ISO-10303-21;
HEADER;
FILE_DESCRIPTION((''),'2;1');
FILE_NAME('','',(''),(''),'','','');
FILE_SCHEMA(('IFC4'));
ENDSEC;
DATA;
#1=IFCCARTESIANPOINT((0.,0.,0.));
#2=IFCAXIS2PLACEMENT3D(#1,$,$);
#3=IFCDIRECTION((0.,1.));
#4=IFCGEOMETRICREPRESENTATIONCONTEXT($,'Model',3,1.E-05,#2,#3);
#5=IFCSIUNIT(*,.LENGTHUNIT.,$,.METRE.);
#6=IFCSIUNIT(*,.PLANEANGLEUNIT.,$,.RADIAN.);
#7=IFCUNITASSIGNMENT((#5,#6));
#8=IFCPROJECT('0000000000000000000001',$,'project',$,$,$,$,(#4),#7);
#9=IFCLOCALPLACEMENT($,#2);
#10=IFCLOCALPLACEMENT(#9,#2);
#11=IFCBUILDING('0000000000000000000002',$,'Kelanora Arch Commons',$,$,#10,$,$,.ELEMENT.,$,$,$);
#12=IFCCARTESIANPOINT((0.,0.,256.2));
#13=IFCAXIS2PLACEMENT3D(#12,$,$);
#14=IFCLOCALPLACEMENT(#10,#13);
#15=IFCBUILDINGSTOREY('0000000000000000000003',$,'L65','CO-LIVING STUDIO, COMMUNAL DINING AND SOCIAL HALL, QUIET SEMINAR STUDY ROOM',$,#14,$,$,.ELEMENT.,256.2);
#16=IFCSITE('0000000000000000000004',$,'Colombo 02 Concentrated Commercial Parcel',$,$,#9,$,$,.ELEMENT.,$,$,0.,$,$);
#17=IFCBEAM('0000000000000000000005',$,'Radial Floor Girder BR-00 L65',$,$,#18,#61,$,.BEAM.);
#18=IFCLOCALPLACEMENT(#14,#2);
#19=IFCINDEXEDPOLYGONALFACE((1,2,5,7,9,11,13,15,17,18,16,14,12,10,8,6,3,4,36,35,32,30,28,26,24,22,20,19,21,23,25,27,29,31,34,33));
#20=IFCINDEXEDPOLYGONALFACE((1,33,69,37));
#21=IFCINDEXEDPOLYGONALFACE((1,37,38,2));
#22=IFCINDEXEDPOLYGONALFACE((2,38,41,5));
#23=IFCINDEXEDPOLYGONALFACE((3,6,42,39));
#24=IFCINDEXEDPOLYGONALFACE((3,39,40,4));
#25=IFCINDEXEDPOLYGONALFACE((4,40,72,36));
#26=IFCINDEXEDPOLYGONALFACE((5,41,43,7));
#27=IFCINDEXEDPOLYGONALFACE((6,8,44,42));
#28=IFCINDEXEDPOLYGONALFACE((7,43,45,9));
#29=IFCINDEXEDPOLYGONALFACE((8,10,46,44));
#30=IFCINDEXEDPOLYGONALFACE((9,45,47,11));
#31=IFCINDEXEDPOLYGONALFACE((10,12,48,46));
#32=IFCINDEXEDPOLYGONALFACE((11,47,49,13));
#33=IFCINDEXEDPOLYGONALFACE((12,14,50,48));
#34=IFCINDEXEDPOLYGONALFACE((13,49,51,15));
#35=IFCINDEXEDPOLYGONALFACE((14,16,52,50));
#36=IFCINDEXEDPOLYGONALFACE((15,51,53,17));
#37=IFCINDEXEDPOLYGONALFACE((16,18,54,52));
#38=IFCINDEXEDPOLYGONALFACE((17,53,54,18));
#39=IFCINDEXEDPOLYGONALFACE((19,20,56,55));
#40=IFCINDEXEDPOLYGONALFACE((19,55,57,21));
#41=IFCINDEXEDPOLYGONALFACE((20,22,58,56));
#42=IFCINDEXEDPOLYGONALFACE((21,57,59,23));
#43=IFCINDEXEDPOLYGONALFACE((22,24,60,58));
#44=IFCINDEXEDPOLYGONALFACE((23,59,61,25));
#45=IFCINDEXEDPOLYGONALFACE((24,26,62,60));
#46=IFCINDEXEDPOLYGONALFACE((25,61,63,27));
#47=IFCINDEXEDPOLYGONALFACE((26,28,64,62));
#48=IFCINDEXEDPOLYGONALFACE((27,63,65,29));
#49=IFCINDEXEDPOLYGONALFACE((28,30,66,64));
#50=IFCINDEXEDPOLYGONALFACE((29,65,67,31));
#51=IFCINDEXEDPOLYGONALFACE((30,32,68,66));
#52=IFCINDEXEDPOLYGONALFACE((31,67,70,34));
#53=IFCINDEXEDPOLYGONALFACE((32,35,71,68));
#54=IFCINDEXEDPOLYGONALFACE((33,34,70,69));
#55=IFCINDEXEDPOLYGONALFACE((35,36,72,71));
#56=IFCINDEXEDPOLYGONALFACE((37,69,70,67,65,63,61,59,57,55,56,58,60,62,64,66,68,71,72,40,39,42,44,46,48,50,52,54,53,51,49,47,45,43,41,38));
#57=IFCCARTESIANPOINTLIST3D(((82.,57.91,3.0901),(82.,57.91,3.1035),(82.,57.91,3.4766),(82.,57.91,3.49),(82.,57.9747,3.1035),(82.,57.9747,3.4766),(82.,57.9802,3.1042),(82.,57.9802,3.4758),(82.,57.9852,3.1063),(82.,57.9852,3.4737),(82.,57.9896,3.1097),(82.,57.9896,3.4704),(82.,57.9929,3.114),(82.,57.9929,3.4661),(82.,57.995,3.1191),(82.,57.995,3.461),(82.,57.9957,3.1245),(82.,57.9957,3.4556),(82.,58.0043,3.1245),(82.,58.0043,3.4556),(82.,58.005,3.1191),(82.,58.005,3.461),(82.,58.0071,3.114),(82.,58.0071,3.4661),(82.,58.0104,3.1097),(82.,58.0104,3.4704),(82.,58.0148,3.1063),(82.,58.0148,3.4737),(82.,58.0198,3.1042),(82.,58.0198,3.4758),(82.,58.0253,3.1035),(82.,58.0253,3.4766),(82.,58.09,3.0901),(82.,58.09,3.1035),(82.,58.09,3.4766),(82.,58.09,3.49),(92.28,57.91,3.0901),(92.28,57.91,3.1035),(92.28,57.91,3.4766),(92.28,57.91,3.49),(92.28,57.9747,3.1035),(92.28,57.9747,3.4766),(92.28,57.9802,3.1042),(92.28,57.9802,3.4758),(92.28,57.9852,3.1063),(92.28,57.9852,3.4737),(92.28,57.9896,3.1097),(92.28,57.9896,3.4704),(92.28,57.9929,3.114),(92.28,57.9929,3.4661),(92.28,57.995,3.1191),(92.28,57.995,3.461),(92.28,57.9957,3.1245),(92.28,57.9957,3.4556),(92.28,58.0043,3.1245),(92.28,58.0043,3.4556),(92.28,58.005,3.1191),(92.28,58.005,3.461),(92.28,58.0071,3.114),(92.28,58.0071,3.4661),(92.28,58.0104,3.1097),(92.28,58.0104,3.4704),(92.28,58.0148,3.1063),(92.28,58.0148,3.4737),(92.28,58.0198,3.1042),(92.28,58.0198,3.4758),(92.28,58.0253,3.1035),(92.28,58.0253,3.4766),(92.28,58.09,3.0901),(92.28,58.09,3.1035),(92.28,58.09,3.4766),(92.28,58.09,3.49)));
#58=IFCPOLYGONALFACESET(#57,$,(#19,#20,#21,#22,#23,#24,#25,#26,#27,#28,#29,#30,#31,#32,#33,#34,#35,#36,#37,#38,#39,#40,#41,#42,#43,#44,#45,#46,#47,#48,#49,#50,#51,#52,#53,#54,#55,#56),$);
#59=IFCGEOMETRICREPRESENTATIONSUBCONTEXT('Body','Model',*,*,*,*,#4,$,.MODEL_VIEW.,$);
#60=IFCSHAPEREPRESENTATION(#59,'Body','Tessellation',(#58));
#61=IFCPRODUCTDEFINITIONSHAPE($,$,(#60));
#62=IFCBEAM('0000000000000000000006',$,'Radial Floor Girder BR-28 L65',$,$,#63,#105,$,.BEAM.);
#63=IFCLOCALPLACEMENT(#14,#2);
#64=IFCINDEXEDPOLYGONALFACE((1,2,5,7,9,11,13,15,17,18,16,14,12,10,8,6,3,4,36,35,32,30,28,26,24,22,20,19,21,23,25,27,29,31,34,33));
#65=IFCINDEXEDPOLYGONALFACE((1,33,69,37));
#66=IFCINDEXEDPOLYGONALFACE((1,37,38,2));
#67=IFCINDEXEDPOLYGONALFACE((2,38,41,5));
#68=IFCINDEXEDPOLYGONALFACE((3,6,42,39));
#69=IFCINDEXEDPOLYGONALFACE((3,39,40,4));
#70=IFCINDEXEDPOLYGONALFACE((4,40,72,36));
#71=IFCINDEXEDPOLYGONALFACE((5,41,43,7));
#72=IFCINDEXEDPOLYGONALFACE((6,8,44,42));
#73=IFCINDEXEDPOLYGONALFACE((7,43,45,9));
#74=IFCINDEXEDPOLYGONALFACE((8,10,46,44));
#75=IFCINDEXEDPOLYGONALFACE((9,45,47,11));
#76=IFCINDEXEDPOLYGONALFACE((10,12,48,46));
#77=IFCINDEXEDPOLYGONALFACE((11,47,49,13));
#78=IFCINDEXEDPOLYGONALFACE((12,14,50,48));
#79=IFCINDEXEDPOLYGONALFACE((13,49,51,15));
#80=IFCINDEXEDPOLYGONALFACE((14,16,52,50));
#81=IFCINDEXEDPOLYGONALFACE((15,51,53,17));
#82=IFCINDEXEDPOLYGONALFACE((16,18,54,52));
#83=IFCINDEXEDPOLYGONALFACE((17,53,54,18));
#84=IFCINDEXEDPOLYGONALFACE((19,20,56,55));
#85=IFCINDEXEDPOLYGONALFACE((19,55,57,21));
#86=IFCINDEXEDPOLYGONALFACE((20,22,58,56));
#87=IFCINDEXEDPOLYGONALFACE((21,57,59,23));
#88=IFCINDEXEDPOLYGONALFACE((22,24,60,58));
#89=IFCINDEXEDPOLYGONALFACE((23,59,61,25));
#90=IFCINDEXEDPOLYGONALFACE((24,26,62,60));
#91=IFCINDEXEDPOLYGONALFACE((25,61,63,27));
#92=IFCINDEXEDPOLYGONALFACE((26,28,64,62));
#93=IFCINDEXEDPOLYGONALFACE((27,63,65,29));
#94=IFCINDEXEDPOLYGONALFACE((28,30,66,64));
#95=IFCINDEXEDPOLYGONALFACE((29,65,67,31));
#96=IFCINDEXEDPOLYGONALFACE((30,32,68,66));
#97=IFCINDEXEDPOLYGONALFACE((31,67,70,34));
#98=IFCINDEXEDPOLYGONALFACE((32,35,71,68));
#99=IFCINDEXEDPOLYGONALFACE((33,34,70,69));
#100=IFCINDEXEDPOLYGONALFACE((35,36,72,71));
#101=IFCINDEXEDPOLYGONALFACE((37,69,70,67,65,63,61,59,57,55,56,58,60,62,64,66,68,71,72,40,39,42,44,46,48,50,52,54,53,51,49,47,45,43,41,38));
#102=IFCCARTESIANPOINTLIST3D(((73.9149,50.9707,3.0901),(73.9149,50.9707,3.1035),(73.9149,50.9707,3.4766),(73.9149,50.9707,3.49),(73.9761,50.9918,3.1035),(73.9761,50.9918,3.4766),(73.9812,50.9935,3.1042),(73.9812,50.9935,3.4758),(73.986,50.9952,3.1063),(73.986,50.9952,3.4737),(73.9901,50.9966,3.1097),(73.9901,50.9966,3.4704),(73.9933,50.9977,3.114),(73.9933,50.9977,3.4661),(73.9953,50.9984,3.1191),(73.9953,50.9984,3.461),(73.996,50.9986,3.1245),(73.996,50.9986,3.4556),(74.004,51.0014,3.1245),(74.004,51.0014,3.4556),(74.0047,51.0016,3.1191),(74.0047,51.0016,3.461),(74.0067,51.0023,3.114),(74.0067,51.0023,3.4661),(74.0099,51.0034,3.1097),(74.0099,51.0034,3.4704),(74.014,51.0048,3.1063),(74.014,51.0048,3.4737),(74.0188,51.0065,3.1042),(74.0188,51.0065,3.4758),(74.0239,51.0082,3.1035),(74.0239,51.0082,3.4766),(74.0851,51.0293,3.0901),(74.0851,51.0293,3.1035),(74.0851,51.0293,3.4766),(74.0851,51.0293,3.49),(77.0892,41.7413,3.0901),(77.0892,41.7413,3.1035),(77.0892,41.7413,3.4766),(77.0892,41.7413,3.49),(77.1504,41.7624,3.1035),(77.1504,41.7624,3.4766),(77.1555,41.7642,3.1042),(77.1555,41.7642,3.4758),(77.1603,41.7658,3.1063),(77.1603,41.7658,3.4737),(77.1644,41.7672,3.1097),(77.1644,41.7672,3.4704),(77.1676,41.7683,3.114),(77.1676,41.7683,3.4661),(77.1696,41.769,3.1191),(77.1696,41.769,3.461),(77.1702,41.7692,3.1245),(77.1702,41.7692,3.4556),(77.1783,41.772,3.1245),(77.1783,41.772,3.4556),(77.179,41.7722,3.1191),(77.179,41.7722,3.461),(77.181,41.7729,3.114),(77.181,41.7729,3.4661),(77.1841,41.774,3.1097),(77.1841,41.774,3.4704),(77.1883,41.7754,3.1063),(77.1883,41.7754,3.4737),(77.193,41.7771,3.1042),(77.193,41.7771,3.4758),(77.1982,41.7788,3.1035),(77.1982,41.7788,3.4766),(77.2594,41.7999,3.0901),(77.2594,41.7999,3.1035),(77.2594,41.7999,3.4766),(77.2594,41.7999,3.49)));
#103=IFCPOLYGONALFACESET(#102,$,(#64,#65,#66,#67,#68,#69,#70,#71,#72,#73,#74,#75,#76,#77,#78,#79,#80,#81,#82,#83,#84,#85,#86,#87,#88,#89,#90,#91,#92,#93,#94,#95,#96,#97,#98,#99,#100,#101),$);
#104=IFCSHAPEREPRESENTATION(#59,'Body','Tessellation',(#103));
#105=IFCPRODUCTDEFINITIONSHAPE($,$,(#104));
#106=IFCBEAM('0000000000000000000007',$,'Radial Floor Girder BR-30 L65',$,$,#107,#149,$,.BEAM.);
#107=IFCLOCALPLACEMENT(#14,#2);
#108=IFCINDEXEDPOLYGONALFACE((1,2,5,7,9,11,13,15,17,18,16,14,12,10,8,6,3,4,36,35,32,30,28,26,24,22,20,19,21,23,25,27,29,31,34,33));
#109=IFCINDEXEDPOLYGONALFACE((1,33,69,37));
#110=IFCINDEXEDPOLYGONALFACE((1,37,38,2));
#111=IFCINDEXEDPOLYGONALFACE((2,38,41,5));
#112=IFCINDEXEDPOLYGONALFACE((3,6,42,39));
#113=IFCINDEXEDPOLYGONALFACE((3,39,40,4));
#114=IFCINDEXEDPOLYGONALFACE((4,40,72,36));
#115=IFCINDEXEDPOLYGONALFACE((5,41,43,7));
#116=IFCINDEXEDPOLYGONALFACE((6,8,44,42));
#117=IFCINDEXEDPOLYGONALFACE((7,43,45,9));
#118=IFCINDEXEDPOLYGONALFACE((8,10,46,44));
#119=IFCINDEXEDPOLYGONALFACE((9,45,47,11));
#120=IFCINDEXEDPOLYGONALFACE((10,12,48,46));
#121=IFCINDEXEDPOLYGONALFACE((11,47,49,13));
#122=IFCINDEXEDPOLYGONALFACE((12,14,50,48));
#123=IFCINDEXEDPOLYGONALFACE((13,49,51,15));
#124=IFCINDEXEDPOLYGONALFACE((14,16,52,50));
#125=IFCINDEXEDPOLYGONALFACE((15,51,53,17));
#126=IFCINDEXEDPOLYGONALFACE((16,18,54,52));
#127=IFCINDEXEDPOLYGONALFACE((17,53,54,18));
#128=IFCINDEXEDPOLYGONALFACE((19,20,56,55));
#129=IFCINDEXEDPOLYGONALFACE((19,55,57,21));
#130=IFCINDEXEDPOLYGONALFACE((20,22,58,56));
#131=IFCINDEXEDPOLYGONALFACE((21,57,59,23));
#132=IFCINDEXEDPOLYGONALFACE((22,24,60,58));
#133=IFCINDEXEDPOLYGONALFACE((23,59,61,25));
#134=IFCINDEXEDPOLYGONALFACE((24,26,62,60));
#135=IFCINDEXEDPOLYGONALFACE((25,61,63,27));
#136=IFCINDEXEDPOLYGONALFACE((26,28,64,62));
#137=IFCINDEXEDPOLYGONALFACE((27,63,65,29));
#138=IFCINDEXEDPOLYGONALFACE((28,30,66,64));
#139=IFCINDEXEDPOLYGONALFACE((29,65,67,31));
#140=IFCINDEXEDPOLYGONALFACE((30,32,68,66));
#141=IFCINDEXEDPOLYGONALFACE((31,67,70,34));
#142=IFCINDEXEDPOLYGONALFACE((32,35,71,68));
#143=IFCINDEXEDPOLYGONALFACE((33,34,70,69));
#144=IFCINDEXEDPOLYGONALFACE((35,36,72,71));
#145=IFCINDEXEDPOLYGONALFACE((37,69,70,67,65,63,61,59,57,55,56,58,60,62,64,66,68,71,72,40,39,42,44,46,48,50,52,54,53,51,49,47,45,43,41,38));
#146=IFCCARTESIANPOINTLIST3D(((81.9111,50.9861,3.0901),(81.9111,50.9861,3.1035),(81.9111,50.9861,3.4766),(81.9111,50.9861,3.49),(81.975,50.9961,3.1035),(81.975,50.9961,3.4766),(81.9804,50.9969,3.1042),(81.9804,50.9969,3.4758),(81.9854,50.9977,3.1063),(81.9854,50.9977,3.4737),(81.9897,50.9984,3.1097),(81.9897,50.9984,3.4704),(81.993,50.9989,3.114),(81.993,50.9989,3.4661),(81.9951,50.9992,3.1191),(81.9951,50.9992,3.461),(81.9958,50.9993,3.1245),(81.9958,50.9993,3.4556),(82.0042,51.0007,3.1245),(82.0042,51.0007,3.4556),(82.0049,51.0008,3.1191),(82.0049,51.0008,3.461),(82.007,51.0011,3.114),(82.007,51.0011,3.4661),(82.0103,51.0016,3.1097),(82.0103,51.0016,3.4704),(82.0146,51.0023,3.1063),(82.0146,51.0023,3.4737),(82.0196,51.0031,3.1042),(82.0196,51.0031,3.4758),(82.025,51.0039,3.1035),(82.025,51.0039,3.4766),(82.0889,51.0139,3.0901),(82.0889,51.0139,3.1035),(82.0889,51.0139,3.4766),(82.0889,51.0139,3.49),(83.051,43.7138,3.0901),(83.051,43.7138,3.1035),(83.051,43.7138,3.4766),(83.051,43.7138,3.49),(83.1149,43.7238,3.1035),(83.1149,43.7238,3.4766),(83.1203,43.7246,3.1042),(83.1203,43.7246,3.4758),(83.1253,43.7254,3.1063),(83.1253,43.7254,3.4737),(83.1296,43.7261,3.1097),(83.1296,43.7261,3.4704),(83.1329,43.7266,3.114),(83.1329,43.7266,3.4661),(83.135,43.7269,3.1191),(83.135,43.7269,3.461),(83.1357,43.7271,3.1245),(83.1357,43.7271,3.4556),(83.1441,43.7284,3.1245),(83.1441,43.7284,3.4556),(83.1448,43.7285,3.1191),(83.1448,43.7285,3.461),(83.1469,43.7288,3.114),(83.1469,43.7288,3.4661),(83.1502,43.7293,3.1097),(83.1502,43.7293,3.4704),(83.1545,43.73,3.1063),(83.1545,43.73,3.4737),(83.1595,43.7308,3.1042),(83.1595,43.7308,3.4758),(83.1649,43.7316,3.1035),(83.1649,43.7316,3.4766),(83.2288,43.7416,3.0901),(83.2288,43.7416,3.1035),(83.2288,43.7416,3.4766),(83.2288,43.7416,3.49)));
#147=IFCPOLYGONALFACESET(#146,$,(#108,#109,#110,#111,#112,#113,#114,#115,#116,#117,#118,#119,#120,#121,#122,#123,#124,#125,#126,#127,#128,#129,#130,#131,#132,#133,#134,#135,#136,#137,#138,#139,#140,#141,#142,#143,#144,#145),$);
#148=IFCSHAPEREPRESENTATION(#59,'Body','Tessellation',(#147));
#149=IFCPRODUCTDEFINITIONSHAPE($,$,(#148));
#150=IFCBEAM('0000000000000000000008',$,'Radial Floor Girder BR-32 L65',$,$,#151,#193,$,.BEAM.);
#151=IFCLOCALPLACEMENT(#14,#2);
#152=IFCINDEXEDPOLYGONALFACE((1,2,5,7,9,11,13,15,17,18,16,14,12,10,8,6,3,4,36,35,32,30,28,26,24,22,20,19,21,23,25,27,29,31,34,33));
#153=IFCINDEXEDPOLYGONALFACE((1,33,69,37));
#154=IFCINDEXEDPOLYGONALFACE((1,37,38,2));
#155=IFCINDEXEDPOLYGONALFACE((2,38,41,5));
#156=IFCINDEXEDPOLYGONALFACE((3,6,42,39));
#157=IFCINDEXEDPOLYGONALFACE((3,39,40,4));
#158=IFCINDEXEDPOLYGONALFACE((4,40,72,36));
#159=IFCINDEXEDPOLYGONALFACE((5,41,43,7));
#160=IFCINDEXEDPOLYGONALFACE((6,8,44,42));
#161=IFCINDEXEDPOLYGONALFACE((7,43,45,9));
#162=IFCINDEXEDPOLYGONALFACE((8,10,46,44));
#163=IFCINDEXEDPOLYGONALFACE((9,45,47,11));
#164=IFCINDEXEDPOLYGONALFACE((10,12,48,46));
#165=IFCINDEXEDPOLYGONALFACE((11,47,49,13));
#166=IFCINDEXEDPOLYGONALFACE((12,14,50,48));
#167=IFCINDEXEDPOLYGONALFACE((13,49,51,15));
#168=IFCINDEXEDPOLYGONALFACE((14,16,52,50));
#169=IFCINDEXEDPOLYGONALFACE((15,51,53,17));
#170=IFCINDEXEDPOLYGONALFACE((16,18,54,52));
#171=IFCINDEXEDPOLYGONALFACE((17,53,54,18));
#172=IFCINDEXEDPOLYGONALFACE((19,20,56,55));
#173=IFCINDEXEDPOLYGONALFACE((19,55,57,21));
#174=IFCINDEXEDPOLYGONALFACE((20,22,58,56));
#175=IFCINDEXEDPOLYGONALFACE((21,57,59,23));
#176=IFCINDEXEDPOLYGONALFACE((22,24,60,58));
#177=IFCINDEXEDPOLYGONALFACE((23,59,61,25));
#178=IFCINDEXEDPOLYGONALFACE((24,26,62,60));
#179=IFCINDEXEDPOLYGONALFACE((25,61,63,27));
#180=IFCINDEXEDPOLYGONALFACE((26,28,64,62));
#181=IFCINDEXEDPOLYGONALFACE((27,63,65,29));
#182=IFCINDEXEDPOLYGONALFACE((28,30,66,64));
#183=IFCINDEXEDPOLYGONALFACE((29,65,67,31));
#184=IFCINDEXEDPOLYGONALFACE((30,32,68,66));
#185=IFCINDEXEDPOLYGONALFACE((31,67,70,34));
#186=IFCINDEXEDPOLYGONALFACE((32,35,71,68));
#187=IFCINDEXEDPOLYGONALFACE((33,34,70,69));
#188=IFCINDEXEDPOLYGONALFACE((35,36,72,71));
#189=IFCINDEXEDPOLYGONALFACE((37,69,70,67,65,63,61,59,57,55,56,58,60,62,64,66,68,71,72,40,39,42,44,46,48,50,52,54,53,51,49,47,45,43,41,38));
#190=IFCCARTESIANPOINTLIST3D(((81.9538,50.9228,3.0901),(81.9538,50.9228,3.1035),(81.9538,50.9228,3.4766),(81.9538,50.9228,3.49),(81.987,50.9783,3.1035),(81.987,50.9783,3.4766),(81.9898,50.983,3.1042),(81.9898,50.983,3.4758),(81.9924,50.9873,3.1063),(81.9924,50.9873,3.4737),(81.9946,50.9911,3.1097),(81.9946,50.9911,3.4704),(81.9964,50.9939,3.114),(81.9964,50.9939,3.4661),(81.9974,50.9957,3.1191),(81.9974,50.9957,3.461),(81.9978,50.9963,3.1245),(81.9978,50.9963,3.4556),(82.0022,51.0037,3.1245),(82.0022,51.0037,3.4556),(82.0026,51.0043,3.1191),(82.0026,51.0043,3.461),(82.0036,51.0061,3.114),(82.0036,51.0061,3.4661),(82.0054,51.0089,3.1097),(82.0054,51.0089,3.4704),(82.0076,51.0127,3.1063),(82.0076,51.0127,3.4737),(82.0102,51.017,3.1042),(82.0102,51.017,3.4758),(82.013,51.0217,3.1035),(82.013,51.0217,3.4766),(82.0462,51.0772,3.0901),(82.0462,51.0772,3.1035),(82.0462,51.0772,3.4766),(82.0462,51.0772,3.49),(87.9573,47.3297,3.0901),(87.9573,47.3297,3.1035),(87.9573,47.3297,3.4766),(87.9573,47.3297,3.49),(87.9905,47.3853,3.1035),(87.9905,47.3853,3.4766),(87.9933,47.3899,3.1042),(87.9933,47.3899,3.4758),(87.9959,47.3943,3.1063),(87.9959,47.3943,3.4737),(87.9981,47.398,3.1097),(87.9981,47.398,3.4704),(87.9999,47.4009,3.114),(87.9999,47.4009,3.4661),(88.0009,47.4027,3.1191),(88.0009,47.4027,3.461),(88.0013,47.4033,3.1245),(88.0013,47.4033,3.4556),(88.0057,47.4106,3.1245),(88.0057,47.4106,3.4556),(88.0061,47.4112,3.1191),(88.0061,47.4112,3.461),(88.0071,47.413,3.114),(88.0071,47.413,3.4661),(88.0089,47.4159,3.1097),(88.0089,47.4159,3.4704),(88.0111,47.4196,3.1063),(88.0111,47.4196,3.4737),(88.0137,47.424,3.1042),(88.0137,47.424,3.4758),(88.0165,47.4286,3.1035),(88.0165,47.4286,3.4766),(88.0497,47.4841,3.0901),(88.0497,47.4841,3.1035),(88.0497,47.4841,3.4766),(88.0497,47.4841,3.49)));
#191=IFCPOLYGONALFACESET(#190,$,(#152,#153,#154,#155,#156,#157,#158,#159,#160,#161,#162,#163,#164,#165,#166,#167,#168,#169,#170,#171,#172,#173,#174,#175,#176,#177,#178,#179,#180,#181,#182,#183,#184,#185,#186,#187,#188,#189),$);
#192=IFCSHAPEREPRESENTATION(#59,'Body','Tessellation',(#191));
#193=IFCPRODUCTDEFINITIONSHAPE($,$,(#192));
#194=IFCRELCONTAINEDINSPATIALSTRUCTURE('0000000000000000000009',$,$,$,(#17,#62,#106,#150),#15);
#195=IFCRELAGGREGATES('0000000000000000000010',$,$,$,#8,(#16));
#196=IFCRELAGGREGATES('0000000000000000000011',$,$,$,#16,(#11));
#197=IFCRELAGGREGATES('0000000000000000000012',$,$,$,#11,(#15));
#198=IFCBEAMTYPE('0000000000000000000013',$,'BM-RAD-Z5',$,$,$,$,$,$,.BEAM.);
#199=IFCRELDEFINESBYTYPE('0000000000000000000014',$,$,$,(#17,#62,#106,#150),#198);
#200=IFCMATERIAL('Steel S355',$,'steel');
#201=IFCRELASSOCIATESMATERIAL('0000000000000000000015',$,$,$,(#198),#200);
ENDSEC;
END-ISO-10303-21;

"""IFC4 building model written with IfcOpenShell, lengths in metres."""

from ifc_helpers import new_model, si_unit, direction, frame, origin, origin_2d, place, context, subcontext, project, spatial, i_section, extrude, material, material_profile, profile_set, type_object, element, save


model = new_model("IFC4")

# Units and contexts
model_context = context("Model", 3, precision=1e-05, world=origin(), true_north=direction((0.0, 1.0)))
body_context = subcontext(model_context, "Body", "Model", "MODEL_VIEW")
ifc_project = project(units=[si_unit("LENGTHUNIT", "METRE"), si_unit("PLANEANGLEUNIT", "RADIAN")], contexts=[model_context])

# Site, building, storey
site_placement = place(None, origin())
site = spatial("IfcSite", under=ifc_project, at=site_placement, Name="Colombo 02 Concentrated Commercial Parcel", CompositionType="ELEMENT", RefElevation=0.0)
building_placement = place(site_placement, origin())
building = spatial("IfcBuilding", under=site, at=building_placement, Name="Kelanora Arch Commons", CompositionType="ELEMENT")
storey_placement = place(building_placement, frame((0.0, 0.0, 256.2)))
storey = spatial("IfcBuildingStorey", under=building, at=storey_placement, Name="L65", Description="CO-LIVING STUDIO, COMMUNAL DINING AND SOCIAL HALL, QUIET SEMINAR STUDY ROOM", CompositionType="ELEMENT", Elevation=256.2)

# Beams
ifc_material_1 = material(Name="Steel S355", Category="steel")
ifc_material_profile_1 = material_profile(ifc_material_1, i_section(OverallWidth=0.1799, OverallDepth=0.3999, WebThickness=0.0085, FlangeThickness=0.0134, FilletRadius=0.021, at=origin_2d()), Name="IPE400")
ifc_profile_set_1 = profile_set([ifc_material_profile_1], Name="Steel S355")
beam_type_1 = type_object("IfcBeamType", Name="BM-RAD-Z5", PredefinedType="BEAM", material=ifc_profile_set_1)
beam_1_placement = place(storey_placement, frame((82.0, 58.0, 3.29), z_axis=(1.0, 0.0, 0.0), x_axis=(0.0, 1.0, 0.0)))
element("IfcBeam", 1, at=beam_1_placement, inside=storey, type_object=beam_type_1, Name="Radial Floor Girder BR-00 L65", PredefinedType="BEAM", context=body_context, shape_type="SweptSolid", body=[
    extrude(i_section(OverallWidth=0.1799, OverallDepth=0.3999, WebThickness=0.0085, FlangeThickness=0.0134, FilletRadius=0.021, at=origin_2d()), origin(), (0.0, 0.0, 1.0), 10.28),
])
beam_2_placement = place(storey_placement, frame((74.0, 51.0, 3.29), z_axis=(0.325234, -0.945634, 0.0), x_axis=(0.945634, 0.325234, 0.0)))
element("IfcBeam", 2, at=beam_2_placement, inside=storey, type_object=beam_type_1, Name="Radial Floor Girder BR-28 L65", PredefinedType="BEAM", context=body_context, shape_type="SweptSolid", body=[
    extrude(i_section(OverallWidth=0.1799, OverallDepth=0.3999, WebThickness=0.0085, FlangeThickness=0.0134, FilletRadius=0.021, at=origin_2d()), origin(), (0.0, 0.0, 1.0), 9.76),
])
beam_3_placement = place(storey_placement, frame((82.0, 51.0, 3.29), z_axis=(0.154855, -0.987937, 0.0), x_axis=(0.987937, 0.154855, 0.0)))
element("IfcBeam", 3, at=beam_3_placement, inside=storey, type_object=beam_type_1, Name="Radial Floor Girder BR-30 L65", PredefinedType="BEAM", context=body_context, shape_type="SweptSolid", body=[
    extrude(i_section(OverallWidth=0.1799, OverallDepth=0.3999, WebThickness=0.0085, FlangeThickness=0.0134, FilletRadius=0.021, at=origin_2d()), origin(), (0.0, 0.0, 1.0), 7.3611),
])
beam_4_placement = place(storey_placement, frame((82.0, 51.0, 3.29), z_axis=(0.858062, -0.513546, 0.0), x_axis=(0.513546, 0.858062, 0.0)))
element("IfcBeam", 4, at=beam_4_placement, inside=storey, type_object=beam_type_1, Name="Radial Floor Girder BR-32 L65", PredefinedType="BEAM", context=body_context, shape_type="SweptSolid", body=[
    extrude(i_section(OverallWidth=0.1799, OverallDepth=0.3999, WebThickness=0.0085, FlangeThickness=0.0134, FilletRadius=0.021, at=origin_2d()), origin(), (0.0, 0.0, 1.0), 6.9966),
])

save(model, "model.ifc")
